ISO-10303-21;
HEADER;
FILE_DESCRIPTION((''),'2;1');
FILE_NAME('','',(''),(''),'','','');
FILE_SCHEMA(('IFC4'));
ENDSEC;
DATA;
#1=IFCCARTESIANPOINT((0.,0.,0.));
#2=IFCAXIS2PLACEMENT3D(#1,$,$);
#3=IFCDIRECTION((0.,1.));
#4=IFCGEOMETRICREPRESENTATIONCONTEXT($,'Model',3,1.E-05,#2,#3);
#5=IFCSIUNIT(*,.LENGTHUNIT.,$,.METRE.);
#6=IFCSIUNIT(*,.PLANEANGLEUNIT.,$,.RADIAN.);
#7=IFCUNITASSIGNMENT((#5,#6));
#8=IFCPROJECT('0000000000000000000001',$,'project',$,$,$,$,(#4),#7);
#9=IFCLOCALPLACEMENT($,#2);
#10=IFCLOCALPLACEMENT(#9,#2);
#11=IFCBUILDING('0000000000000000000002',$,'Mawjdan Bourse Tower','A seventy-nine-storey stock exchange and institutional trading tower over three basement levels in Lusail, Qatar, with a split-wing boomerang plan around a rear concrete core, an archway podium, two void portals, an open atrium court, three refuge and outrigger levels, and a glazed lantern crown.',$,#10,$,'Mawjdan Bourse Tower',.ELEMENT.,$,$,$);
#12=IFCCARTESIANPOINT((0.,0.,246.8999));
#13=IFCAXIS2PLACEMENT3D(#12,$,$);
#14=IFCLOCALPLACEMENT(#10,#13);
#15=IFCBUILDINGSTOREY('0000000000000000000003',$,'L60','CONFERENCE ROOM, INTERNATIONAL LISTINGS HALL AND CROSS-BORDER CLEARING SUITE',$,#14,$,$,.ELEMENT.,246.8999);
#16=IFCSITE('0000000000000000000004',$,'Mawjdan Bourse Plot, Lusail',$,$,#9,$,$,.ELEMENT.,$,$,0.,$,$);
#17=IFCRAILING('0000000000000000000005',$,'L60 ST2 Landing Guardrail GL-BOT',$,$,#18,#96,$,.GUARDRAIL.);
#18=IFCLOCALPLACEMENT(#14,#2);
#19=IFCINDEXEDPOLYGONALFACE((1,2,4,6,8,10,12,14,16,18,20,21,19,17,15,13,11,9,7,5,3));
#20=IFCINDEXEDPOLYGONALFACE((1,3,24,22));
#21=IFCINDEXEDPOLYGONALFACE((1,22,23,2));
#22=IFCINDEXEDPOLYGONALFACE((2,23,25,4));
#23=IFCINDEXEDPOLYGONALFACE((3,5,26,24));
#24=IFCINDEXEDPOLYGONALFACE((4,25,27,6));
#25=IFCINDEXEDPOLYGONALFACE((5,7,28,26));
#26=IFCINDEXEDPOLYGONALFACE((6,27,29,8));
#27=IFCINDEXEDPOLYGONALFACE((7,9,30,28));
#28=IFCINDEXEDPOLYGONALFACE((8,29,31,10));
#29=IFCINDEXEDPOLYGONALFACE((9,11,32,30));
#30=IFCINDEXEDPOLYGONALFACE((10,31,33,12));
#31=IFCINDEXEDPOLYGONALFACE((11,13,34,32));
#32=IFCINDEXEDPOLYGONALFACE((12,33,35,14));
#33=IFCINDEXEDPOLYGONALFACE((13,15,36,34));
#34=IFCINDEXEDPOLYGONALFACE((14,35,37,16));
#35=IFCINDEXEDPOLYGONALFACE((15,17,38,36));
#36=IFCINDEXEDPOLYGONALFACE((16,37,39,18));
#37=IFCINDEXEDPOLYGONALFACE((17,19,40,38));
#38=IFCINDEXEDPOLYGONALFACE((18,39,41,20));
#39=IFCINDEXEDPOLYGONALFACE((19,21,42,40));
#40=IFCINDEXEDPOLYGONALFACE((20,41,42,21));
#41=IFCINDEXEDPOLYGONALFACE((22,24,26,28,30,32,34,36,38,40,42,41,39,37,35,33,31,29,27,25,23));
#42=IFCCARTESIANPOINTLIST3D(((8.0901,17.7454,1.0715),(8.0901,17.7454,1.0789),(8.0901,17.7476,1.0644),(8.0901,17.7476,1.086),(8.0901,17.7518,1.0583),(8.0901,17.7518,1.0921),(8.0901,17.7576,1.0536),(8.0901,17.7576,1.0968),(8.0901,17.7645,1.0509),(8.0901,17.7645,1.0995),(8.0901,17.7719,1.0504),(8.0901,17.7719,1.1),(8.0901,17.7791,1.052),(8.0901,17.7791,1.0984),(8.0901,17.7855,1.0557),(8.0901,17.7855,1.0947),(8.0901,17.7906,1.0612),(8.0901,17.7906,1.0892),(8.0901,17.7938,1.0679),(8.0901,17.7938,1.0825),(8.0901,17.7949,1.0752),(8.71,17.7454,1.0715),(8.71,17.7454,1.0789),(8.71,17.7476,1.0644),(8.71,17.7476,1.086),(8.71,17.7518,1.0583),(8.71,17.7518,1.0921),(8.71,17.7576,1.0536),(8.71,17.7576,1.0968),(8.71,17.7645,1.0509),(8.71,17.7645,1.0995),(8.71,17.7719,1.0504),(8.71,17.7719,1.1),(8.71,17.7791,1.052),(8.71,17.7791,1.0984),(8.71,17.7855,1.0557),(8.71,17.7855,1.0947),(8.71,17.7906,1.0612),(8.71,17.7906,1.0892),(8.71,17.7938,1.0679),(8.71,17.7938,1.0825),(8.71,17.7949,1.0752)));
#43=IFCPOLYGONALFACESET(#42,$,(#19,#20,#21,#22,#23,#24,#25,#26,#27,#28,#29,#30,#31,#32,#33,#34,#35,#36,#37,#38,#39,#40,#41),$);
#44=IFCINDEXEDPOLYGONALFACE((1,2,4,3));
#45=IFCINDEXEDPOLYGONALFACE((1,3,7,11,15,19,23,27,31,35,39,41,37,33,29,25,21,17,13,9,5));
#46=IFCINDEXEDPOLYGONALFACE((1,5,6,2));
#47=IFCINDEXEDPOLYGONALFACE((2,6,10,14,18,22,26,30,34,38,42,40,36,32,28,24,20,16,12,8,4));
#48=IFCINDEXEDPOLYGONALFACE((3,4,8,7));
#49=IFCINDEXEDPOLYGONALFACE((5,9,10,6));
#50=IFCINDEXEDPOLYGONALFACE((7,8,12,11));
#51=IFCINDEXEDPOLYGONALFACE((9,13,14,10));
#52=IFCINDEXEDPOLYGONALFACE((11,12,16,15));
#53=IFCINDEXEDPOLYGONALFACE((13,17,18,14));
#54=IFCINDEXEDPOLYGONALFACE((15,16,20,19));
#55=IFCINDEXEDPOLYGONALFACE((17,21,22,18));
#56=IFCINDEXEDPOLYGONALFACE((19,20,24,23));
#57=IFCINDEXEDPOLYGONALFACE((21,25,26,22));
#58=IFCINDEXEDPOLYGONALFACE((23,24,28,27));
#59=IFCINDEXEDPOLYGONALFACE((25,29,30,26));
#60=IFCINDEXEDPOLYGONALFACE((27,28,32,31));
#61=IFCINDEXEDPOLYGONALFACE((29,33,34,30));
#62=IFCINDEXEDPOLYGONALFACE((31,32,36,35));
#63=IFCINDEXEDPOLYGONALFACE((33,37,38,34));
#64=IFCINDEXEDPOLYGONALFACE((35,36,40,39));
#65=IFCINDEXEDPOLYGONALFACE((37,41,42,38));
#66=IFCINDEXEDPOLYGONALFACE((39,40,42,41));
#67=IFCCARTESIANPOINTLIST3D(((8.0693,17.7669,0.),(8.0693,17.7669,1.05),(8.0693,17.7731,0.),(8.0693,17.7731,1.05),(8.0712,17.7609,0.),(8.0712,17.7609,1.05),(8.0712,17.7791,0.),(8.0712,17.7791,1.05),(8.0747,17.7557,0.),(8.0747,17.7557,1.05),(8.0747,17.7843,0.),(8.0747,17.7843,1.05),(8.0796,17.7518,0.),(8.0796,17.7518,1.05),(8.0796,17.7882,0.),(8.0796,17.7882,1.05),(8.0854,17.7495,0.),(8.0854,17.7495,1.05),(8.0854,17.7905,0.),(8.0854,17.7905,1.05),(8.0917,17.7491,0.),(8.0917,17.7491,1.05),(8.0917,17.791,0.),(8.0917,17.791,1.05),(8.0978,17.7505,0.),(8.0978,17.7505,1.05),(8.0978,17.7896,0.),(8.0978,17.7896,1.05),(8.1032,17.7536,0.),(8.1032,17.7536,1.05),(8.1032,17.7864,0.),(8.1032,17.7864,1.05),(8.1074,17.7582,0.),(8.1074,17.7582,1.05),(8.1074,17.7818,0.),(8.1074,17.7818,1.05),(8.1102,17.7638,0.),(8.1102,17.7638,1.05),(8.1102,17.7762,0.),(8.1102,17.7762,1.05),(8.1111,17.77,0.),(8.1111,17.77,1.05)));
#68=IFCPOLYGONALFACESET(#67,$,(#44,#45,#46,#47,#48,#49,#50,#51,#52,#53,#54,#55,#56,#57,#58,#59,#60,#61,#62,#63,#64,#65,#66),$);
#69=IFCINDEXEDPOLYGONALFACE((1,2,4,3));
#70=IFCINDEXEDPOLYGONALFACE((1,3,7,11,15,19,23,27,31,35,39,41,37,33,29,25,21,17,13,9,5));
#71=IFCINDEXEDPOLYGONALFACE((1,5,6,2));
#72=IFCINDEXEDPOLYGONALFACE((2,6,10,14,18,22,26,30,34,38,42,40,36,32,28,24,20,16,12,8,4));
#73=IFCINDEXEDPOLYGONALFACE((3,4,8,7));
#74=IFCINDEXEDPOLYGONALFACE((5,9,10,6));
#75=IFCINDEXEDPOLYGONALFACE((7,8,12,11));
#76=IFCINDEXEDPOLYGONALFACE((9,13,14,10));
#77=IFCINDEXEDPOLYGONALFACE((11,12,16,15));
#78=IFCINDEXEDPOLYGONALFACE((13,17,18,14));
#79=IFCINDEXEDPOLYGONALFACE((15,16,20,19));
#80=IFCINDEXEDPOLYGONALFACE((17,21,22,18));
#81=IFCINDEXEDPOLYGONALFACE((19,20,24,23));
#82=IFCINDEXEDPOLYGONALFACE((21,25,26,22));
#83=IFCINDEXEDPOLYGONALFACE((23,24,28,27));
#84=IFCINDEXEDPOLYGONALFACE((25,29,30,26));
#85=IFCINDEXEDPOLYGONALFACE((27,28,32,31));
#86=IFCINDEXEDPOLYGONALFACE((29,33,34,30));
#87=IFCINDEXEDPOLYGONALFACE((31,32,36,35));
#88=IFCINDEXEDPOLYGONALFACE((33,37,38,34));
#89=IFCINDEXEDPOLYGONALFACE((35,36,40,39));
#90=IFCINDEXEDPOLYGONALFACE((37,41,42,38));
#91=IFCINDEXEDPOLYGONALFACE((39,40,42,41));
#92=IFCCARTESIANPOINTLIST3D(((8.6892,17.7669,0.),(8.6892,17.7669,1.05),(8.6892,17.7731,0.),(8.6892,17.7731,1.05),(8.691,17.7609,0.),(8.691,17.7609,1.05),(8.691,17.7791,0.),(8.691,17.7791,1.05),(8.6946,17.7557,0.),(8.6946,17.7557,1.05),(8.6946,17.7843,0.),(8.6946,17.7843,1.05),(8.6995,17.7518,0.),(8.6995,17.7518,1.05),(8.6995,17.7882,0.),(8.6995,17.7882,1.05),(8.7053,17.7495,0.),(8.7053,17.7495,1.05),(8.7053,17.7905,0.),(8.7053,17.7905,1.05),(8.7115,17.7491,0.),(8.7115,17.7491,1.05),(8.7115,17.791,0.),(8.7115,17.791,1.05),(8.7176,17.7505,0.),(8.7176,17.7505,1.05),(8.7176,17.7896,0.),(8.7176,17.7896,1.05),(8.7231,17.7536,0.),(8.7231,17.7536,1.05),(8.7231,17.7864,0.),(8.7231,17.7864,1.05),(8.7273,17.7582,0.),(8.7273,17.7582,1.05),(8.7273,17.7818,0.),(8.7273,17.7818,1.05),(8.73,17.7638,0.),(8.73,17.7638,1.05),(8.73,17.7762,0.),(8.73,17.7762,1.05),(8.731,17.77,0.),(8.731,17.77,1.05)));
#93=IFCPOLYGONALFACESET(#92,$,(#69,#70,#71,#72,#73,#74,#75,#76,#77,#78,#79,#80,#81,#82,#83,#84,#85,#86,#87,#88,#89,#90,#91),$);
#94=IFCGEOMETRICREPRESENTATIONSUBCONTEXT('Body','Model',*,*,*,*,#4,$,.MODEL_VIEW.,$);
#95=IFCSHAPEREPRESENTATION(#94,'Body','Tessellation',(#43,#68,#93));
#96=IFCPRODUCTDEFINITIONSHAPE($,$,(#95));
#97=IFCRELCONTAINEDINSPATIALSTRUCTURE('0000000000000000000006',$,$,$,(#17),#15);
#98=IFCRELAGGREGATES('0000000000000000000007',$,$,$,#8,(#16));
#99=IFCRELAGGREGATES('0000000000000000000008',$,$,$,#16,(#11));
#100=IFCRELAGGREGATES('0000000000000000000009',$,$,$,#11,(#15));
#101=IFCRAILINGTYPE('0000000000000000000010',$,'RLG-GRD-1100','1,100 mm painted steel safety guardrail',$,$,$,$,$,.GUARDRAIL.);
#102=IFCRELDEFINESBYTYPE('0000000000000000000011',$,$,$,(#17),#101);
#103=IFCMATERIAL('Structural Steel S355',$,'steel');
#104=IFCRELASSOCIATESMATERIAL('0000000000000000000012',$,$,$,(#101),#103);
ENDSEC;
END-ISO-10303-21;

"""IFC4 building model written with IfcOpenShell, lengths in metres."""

from ifc_helpers import new_model, si_unit, direction, frame, origin, origin_2d, place, context, subcontext, project, spatial, circle, extrude, material, type_object, element, save


model = new_model("IFC4")

# Units and contexts
model_context = context("Model", 3, precision=1e-05, world=origin(), true_north=direction((0.0, 1.0)))
body_context = subcontext(model_context, "Body", "Model", "MODEL_VIEW")
ifc_project = project(units=[si_unit("LENGTHUNIT", "METRE"), si_unit("PLANEANGLEUNIT", "RADIAN")], contexts=[model_context])

# Site, building, storey
site_placement = place(None, origin())
site = spatial("IfcSite", under=ifc_project, at=site_placement, Name="Mawjdan Bourse Plot, Lusail", CompositionType="ELEMENT", RefElevation=0.0)
building_placement = place(site_placement, origin())
building = spatial("IfcBuilding", under=site, at=building_placement, Name="Mawjdan Bourse Tower", Description="A seventy-nine-storey stock exchange and institutional trading tower over three basement levels in Lusail, Qatar, with a split-wing boomerang plan around a rear concrete core, an archway podium, two void portals, an open atrium court, three refuge and outrigger levels, and a glazed lantern crown.", LongName="Mawjdan Bourse Tower", CompositionType="ELEMENT")
storey_placement = place(building_placement, frame((0.0, 0.0, 246.8999)))
storey = spatial("IfcBuildingStorey", under=building, at=storey_placement, Name="L60", Description="CONFERENCE ROOM, INTERNATIONAL LISTINGS HALL AND CROSS-BORDER CLEARING SUITE", CompositionType="ELEMENT", Elevation=246.8999)

# Shared definitions
ifc_material_1 = material(Name="Structural Steel S355", Category="steel")

# Railing
railing_type_1 = type_object("IfcRailingType", Name="RLG-GRD-1100", Description="1,100 mm painted steel safety guardrail", PredefinedType="GUARDRAIL", material=ifc_material_1)
for number, where, name in (
    (1, (8.0901, 17.77, 0.0), "L60 ST2 Landing Guardrail GL-BOT"),
):
    element("IfcRailing", number, at=place(storey_placement, frame(where)), inside=storey, type_object=railing_type_1, Name=name, PredefinedType="GUARDRAIL", context=body_context, shape_type="SweptSolid", body=[
        extrude(circle(Radius=0.0249, at=origin_2d()), frame((0.0, 0.0, 1.0752), z_axis=(1.0, 0.0, 0.0), x_axis=(0.0, 1.0, 0.0)), (0.0, 0.0, 1.0), 0.6199),
        extrude(circle(Radius=0.021, at=origin_2d()), origin(), (0.0, 0.0, 1.0), 1.05),
        extrude(circle(Radius=0.021, at=origin_2d()), frame((0.6199, 0.0, 0.0)), (0.0, 0.0, 1.0), 1.05),
    ])

save(model, "model.ifc")
